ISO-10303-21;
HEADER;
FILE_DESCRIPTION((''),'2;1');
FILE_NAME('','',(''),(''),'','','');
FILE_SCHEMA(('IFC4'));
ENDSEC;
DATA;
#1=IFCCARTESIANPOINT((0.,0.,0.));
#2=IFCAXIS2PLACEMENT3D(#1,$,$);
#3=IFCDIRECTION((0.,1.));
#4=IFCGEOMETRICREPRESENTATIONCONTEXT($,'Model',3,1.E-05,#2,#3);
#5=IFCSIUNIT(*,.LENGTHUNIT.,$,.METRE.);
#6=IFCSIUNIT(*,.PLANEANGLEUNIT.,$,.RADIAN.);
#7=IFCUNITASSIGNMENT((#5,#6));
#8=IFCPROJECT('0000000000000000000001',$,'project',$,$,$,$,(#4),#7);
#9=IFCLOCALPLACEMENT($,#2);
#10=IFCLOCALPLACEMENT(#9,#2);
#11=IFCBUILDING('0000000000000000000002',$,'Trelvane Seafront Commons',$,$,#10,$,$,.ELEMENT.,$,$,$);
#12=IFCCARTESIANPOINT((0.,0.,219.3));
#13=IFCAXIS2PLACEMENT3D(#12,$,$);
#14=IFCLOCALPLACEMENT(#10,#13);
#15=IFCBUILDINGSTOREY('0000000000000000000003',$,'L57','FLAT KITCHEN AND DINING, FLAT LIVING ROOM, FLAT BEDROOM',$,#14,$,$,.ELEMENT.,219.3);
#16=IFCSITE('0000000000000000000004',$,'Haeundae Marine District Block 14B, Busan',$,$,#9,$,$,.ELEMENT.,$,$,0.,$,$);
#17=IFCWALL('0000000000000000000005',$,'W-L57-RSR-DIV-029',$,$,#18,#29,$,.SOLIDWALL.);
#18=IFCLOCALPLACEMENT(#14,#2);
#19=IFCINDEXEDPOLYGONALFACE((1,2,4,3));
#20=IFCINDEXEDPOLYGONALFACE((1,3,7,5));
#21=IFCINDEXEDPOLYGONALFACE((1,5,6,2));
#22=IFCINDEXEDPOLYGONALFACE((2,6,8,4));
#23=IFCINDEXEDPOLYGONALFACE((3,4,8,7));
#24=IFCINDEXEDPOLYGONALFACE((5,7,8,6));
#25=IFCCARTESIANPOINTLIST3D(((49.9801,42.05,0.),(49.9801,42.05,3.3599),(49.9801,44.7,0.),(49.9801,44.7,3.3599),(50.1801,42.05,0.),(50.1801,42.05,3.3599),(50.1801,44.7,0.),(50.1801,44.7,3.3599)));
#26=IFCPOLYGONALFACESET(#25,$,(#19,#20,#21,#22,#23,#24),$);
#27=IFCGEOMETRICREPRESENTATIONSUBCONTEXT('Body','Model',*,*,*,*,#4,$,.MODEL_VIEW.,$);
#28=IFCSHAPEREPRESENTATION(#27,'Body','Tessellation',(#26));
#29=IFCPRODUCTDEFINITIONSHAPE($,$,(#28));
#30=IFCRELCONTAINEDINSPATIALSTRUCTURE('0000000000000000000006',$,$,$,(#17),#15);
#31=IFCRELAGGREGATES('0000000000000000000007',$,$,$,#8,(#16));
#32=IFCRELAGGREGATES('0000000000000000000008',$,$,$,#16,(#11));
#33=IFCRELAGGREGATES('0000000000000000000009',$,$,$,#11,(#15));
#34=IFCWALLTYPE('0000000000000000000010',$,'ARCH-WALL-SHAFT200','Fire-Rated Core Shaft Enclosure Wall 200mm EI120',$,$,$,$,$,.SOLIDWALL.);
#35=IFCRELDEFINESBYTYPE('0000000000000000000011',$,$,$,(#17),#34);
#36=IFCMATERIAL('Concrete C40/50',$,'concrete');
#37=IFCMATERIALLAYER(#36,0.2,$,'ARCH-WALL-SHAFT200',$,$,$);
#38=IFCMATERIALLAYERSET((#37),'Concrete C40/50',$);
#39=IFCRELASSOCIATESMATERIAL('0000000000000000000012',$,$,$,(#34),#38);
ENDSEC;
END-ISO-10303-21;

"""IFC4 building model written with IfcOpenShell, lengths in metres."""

from ifc_helpers import new_model, si_unit, direction, frame, frame_2d, origin, place, context, subcontext, project, spatial, rectangle, extrude, material, layer, layer_set, type_object, element, save


model = new_model("IFC4")

# Units and contexts
model_context = context("Model", 3, precision=1e-05, world=origin(), true_north=direction((0.0, 1.0)))
body_context = subcontext(model_context, "Body", "Model", "MODEL_VIEW")
ifc_project = project(units=[si_unit("LENGTHUNIT", "METRE"), si_unit("PLANEANGLEUNIT", "RADIAN")], contexts=[model_context])

# Site, building, storey
site_placement = place(None, origin())
site = spatial("IfcSite", under=ifc_project, at=site_placement, Name="Haeundae Marine District Block 14B, Busan", CompositionType="ELEMENT", RefElevation=0.0)
building_placement = place(site_placement, origin())
building = spatial("IfcBuilding", under=site, at=building_placement, Name="Trelvane Seafront Commons", CompositionType="ELEMENT")
storey_placement = place(building_placement, frame((0.0, 0.0, 219.3)))
storey = spatial("IfcBuildingStorey", under=building, at=storey_placement, Name="L57", Description="FLAT KITCHEN AND DINING, FLAT LIVING ROOM, FLAT BEDROOM", CompositionType="ELEMENT", Elevation=219.3)

# Shared definitions
ifc_material_1 = material(Name="Concrete C40/50", Category="concrete")
ifc_layer_1 = layer(ifc_material_1, 0.2, Name="ARCH-WALL-SHAFT200")
ifc_layer_set_1 = layer_set([ifc_layer_1], Name="Concrete C40/50")
wall_type_1 = type_object("IfcWallType", Name="ARCH-WALL-SHAFT200", Description="Fire-Rated Core Shaft Enclosure Wall 200mm EI120", PredefinedType="SOLIDWALL", material=ifc_layer_set_1)

# Wall
wall_1_placement = place(storey_placement, frame((50.0801, 42.05, 0.0), z_axis=(0.0, 0.0, 1.0), x_axis=(0.0, 1.0, 0.0)))
element("IfcWall", 1, at=wall_1_placement, inside=storey, type_object=wall_type_1, Name="W-L57-RSR-DIV-029", PredefinedType="SOLIDWALL", context=body_context, shape_type="SweptSolid", body=[
    extrude(rectangle(XDim=2.6499, YDim=0.2, at=frame_2d((1.325, 0.0))), origin(), (0.0, 0.0, 1.0), 3.3599),
])

save(model, "model.ifc")
